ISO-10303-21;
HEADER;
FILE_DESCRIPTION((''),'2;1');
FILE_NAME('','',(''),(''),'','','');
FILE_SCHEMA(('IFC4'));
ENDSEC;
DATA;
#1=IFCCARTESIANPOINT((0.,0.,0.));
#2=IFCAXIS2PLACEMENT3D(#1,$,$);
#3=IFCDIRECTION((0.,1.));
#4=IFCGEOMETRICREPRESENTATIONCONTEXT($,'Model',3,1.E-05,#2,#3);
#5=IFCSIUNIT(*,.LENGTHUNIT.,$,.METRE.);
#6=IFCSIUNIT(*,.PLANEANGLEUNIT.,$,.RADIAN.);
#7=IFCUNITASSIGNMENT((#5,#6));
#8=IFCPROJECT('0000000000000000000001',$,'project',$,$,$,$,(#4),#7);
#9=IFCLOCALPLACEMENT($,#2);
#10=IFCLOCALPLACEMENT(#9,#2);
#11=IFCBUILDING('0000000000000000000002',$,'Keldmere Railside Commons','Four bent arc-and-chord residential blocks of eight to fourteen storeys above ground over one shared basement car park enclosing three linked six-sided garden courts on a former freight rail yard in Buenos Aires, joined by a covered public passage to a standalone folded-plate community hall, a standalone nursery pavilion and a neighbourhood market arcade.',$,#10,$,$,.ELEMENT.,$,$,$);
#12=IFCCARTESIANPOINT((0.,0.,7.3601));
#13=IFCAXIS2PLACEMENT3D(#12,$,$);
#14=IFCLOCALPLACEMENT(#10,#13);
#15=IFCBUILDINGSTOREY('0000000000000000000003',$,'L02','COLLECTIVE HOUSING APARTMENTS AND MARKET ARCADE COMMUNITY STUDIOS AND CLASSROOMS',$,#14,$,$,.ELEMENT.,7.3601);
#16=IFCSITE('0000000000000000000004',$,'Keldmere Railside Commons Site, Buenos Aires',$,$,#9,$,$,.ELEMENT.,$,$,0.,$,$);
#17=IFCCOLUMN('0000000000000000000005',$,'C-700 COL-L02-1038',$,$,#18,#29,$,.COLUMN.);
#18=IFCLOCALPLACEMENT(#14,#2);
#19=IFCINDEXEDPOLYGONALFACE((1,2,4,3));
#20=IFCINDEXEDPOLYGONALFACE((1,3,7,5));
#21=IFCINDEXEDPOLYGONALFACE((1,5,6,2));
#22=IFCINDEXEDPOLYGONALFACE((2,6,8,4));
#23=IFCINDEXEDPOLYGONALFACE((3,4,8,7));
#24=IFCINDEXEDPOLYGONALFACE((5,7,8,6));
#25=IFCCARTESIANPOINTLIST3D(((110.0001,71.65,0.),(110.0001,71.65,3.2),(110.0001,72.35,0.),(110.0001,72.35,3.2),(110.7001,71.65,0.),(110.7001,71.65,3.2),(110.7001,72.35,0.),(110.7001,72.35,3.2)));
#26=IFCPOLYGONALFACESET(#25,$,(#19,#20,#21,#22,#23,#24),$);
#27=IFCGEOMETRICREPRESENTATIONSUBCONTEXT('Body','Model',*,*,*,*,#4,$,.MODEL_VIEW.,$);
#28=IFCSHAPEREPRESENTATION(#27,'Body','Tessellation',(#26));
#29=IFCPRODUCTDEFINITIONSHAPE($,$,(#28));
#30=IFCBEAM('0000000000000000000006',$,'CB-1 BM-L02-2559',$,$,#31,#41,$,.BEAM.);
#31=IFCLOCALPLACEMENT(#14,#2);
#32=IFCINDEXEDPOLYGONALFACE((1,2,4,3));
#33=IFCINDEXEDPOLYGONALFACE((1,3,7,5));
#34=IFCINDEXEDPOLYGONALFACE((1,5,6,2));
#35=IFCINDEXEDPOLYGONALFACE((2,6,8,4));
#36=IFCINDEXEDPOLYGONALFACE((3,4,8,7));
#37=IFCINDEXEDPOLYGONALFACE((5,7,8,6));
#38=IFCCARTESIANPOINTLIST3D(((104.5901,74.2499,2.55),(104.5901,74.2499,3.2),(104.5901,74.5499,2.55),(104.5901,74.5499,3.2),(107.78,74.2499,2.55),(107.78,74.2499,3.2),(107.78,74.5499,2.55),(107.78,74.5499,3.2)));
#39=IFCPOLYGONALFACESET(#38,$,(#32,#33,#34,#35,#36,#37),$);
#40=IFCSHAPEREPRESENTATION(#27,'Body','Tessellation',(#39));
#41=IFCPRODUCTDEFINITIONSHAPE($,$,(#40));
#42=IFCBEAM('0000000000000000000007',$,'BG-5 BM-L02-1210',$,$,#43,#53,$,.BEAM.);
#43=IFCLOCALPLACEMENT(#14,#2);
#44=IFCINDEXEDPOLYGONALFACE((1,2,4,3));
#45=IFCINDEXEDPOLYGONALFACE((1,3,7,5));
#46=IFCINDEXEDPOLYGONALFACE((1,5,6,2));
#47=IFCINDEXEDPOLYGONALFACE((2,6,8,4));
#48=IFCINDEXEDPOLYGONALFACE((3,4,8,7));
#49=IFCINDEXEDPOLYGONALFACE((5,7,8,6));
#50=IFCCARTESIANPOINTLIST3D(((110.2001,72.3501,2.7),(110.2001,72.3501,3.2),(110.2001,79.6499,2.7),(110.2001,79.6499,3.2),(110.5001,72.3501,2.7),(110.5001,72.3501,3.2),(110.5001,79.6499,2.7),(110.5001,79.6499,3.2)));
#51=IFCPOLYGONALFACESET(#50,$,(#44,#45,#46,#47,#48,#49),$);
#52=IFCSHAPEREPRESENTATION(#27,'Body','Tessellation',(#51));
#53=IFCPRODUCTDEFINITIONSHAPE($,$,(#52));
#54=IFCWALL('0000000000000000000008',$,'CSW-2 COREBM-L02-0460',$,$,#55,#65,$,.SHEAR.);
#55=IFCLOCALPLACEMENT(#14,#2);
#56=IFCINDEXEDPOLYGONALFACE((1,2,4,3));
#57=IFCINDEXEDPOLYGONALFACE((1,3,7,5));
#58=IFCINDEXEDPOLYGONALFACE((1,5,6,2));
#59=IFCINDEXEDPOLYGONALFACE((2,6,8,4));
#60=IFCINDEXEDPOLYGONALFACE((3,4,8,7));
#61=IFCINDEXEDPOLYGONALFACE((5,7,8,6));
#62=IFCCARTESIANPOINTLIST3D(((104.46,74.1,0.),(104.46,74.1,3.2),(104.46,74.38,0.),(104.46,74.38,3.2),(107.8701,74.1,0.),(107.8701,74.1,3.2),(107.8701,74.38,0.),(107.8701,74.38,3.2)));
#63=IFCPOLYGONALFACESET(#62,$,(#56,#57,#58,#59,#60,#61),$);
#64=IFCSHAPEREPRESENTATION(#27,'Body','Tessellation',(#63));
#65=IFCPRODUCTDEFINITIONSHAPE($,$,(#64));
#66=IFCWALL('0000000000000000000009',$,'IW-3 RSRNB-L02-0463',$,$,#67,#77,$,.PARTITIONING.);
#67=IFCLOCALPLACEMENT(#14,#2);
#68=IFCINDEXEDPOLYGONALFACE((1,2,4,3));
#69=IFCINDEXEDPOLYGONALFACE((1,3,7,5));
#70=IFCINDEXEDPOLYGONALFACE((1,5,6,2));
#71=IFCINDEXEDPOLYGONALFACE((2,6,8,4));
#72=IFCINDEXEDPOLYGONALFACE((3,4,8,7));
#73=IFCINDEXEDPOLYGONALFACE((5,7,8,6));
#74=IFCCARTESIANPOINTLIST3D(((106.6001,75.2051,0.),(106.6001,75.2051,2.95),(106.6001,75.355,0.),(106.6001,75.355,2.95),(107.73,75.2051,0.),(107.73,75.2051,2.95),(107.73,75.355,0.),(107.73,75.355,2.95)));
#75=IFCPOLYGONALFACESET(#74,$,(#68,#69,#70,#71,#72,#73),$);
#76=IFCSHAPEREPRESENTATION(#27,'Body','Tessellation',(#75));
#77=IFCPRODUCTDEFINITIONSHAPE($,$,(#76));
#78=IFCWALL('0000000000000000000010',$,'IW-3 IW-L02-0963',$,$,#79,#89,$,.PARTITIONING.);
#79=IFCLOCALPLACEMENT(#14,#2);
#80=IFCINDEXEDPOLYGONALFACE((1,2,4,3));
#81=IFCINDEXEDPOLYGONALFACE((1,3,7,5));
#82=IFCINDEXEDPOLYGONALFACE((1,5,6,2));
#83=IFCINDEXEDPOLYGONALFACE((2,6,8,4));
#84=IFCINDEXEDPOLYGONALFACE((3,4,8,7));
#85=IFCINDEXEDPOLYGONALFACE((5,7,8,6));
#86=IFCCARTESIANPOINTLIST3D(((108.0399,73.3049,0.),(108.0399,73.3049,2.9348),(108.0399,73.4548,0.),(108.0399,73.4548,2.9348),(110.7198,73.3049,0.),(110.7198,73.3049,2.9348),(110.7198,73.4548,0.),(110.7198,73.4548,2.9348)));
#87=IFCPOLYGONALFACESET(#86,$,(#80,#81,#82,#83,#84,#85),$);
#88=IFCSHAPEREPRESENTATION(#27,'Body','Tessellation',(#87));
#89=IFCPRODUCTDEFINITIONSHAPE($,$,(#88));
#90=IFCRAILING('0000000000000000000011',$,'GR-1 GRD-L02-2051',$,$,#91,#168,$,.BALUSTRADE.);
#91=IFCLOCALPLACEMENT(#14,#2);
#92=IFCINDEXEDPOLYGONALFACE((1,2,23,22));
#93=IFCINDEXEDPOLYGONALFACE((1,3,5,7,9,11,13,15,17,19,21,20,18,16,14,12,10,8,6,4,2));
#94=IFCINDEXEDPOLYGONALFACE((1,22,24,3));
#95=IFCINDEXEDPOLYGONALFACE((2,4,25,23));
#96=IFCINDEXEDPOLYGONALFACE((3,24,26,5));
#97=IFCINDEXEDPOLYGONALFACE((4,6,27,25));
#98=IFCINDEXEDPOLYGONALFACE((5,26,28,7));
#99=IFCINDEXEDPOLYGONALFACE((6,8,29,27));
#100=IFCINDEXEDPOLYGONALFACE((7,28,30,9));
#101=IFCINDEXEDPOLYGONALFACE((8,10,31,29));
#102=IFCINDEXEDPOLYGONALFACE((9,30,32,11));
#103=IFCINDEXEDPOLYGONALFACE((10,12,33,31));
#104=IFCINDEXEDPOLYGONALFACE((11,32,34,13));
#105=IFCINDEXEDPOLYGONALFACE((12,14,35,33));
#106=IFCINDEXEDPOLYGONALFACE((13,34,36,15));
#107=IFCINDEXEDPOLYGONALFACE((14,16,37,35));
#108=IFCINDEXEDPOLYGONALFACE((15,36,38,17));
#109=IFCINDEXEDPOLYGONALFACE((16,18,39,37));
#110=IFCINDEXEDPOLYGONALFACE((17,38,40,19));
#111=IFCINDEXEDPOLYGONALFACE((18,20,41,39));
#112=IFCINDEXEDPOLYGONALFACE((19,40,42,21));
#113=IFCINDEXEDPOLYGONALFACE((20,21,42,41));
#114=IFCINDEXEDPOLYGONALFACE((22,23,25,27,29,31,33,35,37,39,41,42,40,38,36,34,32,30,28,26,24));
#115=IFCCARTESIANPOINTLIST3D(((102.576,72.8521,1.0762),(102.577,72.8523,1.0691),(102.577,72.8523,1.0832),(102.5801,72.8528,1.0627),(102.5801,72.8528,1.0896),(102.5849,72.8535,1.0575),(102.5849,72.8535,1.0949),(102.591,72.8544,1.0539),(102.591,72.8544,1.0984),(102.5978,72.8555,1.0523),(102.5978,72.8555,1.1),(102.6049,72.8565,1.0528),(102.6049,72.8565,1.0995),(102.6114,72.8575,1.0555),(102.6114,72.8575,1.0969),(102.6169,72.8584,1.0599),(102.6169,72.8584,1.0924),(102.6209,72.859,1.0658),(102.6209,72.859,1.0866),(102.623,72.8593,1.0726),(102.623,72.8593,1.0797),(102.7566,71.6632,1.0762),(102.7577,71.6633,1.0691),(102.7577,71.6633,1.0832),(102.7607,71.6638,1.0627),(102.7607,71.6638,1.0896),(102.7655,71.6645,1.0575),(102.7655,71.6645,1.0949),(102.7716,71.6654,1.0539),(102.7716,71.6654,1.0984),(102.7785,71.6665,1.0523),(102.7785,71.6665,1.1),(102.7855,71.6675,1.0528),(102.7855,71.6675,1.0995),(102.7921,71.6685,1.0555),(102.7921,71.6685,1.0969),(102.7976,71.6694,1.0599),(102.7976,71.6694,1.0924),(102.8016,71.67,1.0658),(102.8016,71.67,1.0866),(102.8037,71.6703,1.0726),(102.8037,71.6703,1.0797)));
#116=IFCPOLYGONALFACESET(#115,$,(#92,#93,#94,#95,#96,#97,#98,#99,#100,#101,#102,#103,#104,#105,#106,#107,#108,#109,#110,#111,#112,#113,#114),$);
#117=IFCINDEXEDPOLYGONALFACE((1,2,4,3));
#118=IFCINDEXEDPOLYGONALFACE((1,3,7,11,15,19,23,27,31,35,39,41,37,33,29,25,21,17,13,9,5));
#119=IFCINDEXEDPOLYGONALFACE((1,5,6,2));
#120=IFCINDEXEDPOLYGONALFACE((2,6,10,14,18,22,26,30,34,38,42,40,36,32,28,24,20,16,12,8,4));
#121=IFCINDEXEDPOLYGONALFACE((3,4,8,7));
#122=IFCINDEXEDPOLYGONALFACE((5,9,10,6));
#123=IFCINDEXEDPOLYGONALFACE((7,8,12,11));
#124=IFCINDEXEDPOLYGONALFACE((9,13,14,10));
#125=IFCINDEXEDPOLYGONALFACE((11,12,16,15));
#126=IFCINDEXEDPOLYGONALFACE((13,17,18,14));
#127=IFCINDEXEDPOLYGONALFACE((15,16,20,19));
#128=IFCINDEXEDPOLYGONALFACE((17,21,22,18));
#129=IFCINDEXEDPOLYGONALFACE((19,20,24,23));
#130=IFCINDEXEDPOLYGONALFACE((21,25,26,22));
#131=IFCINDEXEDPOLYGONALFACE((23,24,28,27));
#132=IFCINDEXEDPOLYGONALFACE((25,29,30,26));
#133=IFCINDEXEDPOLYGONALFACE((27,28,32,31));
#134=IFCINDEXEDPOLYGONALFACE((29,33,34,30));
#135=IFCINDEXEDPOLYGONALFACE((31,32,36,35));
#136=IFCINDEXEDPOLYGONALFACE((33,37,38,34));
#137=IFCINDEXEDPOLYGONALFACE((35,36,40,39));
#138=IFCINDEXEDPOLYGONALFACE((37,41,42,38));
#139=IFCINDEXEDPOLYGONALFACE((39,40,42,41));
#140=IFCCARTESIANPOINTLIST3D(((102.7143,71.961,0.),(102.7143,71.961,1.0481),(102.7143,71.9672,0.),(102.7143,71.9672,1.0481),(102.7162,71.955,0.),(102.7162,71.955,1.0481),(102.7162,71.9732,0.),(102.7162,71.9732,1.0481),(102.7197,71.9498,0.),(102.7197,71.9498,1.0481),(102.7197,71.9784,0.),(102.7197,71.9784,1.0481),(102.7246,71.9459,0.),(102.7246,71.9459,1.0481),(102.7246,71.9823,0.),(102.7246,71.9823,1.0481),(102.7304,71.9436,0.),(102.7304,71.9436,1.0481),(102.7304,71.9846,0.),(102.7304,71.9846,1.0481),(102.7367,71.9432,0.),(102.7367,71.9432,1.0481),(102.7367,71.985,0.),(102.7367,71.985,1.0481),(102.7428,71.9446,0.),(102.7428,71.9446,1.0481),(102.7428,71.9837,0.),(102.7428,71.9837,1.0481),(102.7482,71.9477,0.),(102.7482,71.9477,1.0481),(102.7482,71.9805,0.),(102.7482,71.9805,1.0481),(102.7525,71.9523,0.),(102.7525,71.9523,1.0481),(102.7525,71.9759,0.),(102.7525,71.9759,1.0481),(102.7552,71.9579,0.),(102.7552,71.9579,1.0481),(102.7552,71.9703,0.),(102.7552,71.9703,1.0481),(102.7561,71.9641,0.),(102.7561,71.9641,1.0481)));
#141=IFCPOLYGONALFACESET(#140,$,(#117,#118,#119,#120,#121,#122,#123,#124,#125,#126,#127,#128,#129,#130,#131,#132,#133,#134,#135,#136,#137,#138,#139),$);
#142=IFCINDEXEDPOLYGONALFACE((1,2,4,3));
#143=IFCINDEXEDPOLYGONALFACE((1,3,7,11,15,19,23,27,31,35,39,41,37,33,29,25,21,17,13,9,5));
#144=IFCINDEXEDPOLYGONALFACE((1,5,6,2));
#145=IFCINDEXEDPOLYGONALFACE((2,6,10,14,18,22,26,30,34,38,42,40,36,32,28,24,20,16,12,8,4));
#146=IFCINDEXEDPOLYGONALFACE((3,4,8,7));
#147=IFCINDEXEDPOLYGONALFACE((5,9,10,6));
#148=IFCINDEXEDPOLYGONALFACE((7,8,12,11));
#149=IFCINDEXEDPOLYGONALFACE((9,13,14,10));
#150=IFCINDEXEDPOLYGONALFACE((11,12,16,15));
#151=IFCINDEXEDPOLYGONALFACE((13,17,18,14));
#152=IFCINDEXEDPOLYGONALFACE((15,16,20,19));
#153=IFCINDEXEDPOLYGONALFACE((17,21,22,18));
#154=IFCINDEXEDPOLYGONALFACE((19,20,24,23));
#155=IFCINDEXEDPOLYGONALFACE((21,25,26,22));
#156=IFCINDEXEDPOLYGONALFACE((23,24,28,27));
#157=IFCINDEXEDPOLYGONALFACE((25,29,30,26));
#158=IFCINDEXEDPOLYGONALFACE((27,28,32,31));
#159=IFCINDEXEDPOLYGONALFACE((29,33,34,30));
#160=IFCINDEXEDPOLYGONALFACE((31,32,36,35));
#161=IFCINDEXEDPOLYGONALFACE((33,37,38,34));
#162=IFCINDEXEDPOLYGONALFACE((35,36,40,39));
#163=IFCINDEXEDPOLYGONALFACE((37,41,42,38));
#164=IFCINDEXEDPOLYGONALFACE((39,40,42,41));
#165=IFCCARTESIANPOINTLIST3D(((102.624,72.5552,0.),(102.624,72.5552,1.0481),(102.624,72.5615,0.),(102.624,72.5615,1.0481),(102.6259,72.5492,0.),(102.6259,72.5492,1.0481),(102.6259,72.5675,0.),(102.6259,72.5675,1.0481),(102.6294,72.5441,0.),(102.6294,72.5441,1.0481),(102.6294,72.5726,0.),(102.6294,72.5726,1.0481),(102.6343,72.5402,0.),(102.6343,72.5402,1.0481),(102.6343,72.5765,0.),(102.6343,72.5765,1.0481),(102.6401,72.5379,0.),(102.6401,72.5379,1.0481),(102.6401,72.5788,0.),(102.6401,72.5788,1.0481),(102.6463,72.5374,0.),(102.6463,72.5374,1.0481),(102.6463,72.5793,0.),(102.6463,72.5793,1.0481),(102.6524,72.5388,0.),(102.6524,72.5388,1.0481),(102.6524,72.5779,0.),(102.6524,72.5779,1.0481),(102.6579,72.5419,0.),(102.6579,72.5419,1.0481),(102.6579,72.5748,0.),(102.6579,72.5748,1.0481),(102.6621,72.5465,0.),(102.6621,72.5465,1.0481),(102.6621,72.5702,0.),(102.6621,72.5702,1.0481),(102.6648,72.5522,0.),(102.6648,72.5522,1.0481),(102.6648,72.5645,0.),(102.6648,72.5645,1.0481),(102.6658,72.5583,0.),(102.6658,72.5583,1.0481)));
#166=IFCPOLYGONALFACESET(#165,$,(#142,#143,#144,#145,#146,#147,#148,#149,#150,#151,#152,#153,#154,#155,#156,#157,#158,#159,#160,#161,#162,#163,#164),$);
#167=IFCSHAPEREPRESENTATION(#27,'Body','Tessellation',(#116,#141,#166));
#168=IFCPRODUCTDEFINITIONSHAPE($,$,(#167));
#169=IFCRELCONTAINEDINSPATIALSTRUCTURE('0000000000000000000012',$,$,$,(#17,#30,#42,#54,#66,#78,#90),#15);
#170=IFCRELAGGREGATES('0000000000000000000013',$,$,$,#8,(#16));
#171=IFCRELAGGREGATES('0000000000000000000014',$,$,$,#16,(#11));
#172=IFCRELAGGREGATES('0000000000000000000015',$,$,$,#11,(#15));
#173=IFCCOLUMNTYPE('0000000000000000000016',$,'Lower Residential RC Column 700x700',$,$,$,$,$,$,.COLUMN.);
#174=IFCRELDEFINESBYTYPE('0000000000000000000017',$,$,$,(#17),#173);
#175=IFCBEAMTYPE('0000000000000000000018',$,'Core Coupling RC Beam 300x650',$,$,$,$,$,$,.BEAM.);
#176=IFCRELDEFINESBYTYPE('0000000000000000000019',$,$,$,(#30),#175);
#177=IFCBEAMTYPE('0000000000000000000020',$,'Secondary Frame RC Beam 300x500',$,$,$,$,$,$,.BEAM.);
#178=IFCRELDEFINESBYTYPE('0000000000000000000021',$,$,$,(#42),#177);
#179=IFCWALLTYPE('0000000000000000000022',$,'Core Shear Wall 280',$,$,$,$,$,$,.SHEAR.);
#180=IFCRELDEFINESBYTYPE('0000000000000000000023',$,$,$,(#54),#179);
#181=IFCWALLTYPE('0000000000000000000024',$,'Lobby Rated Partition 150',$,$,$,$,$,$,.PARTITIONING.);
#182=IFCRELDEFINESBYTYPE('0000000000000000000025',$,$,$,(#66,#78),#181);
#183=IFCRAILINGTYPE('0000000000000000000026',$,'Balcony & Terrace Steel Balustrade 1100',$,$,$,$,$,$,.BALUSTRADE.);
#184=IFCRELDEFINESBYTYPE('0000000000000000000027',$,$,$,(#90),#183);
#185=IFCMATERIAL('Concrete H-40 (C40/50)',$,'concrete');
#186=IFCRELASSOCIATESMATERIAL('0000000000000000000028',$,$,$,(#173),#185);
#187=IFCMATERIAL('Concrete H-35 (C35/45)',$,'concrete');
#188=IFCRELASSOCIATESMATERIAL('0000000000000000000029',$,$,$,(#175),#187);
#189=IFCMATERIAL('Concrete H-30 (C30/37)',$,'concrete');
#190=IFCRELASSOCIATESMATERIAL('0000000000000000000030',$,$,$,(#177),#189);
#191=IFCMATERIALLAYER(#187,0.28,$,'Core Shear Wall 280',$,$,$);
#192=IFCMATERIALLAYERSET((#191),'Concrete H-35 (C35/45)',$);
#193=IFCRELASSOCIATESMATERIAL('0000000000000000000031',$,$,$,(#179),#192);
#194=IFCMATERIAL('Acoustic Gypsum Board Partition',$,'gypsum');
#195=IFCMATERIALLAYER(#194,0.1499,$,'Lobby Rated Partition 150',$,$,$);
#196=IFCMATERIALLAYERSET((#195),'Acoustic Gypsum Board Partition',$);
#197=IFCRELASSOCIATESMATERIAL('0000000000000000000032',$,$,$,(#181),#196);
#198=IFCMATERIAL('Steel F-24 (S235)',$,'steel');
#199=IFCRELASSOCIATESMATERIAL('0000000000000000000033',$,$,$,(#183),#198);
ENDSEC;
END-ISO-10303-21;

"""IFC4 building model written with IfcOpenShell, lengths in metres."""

from ifc_helpers import new_model, si_unit, direction, frame, frame_2d, origin, origin_2d, place, context, subcontext, project, spatial, rectangle, circle, extrude, material, layer, layer_set, material_profile, profile_set, type_object, element, save


model = new_model("IFC4")

# Units and contexts
model_context = context("Model", 3, precision=1e-05, world=origin(), true_north=direction((0.0, 1.0)))
body_context = subcontext(model_context, "Body", "Model", "MODEL_VIEW")
ifc_project = project(units=[si_unit("LENGTHUNIT", "METRE"), si_unit("PLANEANGLEUNIT", "RADIAN")], contexts=[model_context])

# Site, building, storey
site_placement = place(None, origin())
site = spatial("IfcSite", under=ifc_project, at=site_placement, Name="Keldmere Railside Commons Site, Buenos Aires", CompositionType="ELEMENT", RefElevation=0.0)
building_placement = place(site_placement, origin())
building = spatial("IfcBuilding", under=site, at=building_placement, Name="Keldmere Railside Commons", Description="Four bent arc-and-chord residential blocks of eight to fourteen storeys above ground over one shared basement car park enclosing three linked six-sided garden courts on a former freight rail yard in Buenos Aires, joined by a covered public passage to a standalone folded-plate community hall, a standalone nursery pavilion and a neighbourhood market arcade.", CompositionType="ELEMENT")
storey_placement = place(building_placement, frame((0.0, 0.0, 7.3601)))
storey = spatial("IfcBuildingStorey", under=building, at=storey_placement, Name="L02", Description="COLLECTIVE HOUSING APARTMENTS AND MARKET ARCADE COMMUNITY STUDIOS AND CLASSROOMS", CompositionType="ELEMENT", Elevation=7.3601)

# Column
ifc_material_1 = material(Name="Concrete H-40 (C40/50)", Category="concrete")
ifc_material_profile_1 = material_profile(ifc_material_1, rectangle(XDim=0.7, YDim=0.7, at=origin_2d()), Name="RC-700x700")
ifc_profile_set_1 = profile_set([ifc_material_profile_1], Name="Concrete H-40 (C40/50)")
column_type = type_object("IfcColumnType", Name="Lower Residential RC Column 700x700", PredefinedType="COLUMN", material=ifc_profile_set_1)
column_placement = place(storey_placement, frame((110.3501, 72.0, 0.0), z_axis=(0.0, 0.0, 1.0), x_axis=(1.0, 0.0, 0.0)))
element("IfcColumn", 1, at=column_placement, inside=storey, type_object=column_type, Name="C-700 COL-L02-1038", PredefinedType="COLUMN", context=body_context, shape_type="SweptSolid", body=[
    extrude(rectangle(XDim=0.7, YDim=0.7, at=origin_2d()), origin(), (0.0, 0.0, 1.0), 3.2),
])

# Beams
ifc_material_2 = material(Name="Concrete H-35 (C35/45)", Category="concrete")
ifc_material_profile_2 = material_profile(ifc_material_2, rectangle(XDim=0.3, YDim=0.6499, at=origin_2d()), Name="RC-300x650")
ifc_profile_set_2 = profile_set([ifc_material_profile_2], Name="Concrete H-35 (C35/45)")
beam_type_1 = type_object("IfcBeamType", Name="Core Coupling RC Beam 300x650", PredefinedType="BEAM", material=ifc_profile_set_2)
beam_1_placement = place(storey_placement, frame((104.5901, 74.3999, 2.875), z_axis=(1.0, 0.0, 0.0), x_axis=(0.0, 1.0, 0.0)))
element("IfcBeam", 2, at=beam_1_placement, inside=storey, type_object=beam_type_1, Name="CB-1 BM-L02-2559", PredefinedType="BEAM", context=body_context, shape_type="SweptSolid", body=[
    extrude(rectangle(XDim=0.3, YDim=0.6499, at=origin_2d()), origin(), (0.0, 0.0, 1.0), 3.1899),
])
ifc_material_3 = material(Name="Concrete H-30 (C30/37)", Category="concrete")
ifc_material_profile_3 = material_profile(ifc_material_3, rectangle(XDim=0.3, YDim=0.5, at=origin_2d()), Name="RC-300x500")
ifc_profile_set_3 = profile_set([ifc_material_profile_3], Name="Concrete H-30 (C30/37)")
beam_type_2 = type_object("IfcBeamType", Name="Secondary Frame RC Beam 300x500", PredefinedType="BEAM", material=ifc_profile_set_3)
beam_2_placement = place(storey_placement, frame((110.3501, 72.3501, 2.95), z_axis=(0.0, 1.0, 0.0), x_axis=(-1.0, 0.0, 0.0)))
element("IfcBeam", 3, at=beam_2_placement, inside=storey, type_object=beam_type_2, Name="BG-5 BM-L02-1210", PredefinedType="BEAM", context=body_context, shape_type="SweptSolid", body=[
    extrude(rectangle(XDim=0.3, YDim=0.5, at=origin_2d()), origin(), (0.0, 0.0, 1.0), 7.2998),
])

# Wall
ifc_layer_1 = layer(ifc_material_2, 0.28, Name="Core Shear Wall 280")
ifc_layer_set_1 = layer_set([ifc_layer_1], Name="Concrete H-35 (C35/45)")
wall_type_1 = type_object("IfcWallType", Name="Core Shear Wall 280", PredefinedType="SHEAR", material=ifc_layer_set_1)
wall_1_placement = place(storey_placement, frame((104.46, 74.24, 0.0), z_axis=(0.0, 0.0, 1.0), x_axis=(1.0, 0.0, 0.0)))
element("IfcWall", 4, at=wall_1_placement, inside=storey, type_object=wall_type_1, Name="CSW-2 COREBM-L02-0460", PredefinedType="SHEAR", context=body_context, shape_type="SweptSolid", body=[
    extrude(rectangle(XDim=3.4102, YDim=0.28, at=frame_2d((1.7051, 0.0))), origin(), (0.0, 0.0, 1.0), 3.2),
])

# Shared definitions
ifc_material_4 = material(Name="Steel F-24 (S235)", Category="steel")

# Walls
ifc_material_5 = material(Name="Acoustic Gypsum Board Partition", Category="gypsum")
ifc_layer_2 = layer(ifc_material_5, 0.1499, Name="Lobby Rated Partition 150")
ifc_layer_set_2 = layer_set([ifc_layer_2], Name="Acoustic Gypsum Board Partition")
wall_type_2 = type_object("IfcWallType", Name="Lobby Rated Partition 150", PredefinedType="PARTITIONING", material=ifc_layer_set_2)
wall_2_placement = place(storey_placement, frame((106.6001, 75.28, 0.0), z_axis=(0.0, 0.0, 1.0), x_axis=(1.0, 0.0, 0.0)))
element("IfcWall", 5, at=wall_2_placement, inside=storey, type_object=wall_type_2, Name="IW-3 RSRNB-L02-0463", PredefinedType="PARTITIONING", context=body_context, shape_type="SweptSolid", body=[
    extrude(rectangle(XDim=1.1299, YDim=0.1499, at=frame_2d((0.5649, 0.0))), origin(), (0.0, 0.0, 1.0), 2.95),
])
wall_3_placement = place(storey_placement, frame((108.04, 73.3799, 0.0), z_axis=(0.0, 0.0, 1.0), x_axis=(1.0, 0.0, 0.0)))
element("IfcWall", 6, at=wall_3_placement, inside=storey, type_object=wall_type_2, Name="IW-3 IW-L02-0963", PredefinedType="PARTITIONING", context=body_context, shape_type="SweptSolid", body=[
    extrude(rectangle(XDim=2.6799, YDim=0.1499, at=frame_2d((1.3398, 0.0))), origin(), (0.0, 0.0, 1.0), 2.9348),
])

# Railing
railing_type_1 = type_object("IfcRailingType", Name="Balcony & Terrace Steel Balustrade 1100", PredefinedType="BALUSTRADE", material=ifc_material_4)
railing_1_placement = place(storey_placement, frame((102.7803, 71.6667, 0.0)))
element("IfcRailing", 7, at=railing_1_placement, inside=storey, type_object=railing_type_1, Name="GR-1 GRD-L02-2051", PredefinedType="BALUSTRADE", context=body_context, shape_type="SweptSolid", body=[
    extrude(circle(Radius=0.0239, at=origin_2d()), frame((0.0, 0.0, 1.0762), z_axis=(-0.150226, 0.988652, 0.0), x_axis=(-0.988652, -0.150226, 0.0)), (0.0, 0.0, 1.0), 1.2026),
    extrude(circle(Radius=0.021, at=origin_2d()), frame((-0.0452, 0.2974, 0.0)), (0.0, 0.0, 1.0), 1.0481),
    extrude(circle(Radius=0.021, at=origin_2d()), frame((-0.1355, 0.8916, 0.0)), (0.0, 0.0, 1.0), 1.0481),
])

save(model, "model.ifc")
